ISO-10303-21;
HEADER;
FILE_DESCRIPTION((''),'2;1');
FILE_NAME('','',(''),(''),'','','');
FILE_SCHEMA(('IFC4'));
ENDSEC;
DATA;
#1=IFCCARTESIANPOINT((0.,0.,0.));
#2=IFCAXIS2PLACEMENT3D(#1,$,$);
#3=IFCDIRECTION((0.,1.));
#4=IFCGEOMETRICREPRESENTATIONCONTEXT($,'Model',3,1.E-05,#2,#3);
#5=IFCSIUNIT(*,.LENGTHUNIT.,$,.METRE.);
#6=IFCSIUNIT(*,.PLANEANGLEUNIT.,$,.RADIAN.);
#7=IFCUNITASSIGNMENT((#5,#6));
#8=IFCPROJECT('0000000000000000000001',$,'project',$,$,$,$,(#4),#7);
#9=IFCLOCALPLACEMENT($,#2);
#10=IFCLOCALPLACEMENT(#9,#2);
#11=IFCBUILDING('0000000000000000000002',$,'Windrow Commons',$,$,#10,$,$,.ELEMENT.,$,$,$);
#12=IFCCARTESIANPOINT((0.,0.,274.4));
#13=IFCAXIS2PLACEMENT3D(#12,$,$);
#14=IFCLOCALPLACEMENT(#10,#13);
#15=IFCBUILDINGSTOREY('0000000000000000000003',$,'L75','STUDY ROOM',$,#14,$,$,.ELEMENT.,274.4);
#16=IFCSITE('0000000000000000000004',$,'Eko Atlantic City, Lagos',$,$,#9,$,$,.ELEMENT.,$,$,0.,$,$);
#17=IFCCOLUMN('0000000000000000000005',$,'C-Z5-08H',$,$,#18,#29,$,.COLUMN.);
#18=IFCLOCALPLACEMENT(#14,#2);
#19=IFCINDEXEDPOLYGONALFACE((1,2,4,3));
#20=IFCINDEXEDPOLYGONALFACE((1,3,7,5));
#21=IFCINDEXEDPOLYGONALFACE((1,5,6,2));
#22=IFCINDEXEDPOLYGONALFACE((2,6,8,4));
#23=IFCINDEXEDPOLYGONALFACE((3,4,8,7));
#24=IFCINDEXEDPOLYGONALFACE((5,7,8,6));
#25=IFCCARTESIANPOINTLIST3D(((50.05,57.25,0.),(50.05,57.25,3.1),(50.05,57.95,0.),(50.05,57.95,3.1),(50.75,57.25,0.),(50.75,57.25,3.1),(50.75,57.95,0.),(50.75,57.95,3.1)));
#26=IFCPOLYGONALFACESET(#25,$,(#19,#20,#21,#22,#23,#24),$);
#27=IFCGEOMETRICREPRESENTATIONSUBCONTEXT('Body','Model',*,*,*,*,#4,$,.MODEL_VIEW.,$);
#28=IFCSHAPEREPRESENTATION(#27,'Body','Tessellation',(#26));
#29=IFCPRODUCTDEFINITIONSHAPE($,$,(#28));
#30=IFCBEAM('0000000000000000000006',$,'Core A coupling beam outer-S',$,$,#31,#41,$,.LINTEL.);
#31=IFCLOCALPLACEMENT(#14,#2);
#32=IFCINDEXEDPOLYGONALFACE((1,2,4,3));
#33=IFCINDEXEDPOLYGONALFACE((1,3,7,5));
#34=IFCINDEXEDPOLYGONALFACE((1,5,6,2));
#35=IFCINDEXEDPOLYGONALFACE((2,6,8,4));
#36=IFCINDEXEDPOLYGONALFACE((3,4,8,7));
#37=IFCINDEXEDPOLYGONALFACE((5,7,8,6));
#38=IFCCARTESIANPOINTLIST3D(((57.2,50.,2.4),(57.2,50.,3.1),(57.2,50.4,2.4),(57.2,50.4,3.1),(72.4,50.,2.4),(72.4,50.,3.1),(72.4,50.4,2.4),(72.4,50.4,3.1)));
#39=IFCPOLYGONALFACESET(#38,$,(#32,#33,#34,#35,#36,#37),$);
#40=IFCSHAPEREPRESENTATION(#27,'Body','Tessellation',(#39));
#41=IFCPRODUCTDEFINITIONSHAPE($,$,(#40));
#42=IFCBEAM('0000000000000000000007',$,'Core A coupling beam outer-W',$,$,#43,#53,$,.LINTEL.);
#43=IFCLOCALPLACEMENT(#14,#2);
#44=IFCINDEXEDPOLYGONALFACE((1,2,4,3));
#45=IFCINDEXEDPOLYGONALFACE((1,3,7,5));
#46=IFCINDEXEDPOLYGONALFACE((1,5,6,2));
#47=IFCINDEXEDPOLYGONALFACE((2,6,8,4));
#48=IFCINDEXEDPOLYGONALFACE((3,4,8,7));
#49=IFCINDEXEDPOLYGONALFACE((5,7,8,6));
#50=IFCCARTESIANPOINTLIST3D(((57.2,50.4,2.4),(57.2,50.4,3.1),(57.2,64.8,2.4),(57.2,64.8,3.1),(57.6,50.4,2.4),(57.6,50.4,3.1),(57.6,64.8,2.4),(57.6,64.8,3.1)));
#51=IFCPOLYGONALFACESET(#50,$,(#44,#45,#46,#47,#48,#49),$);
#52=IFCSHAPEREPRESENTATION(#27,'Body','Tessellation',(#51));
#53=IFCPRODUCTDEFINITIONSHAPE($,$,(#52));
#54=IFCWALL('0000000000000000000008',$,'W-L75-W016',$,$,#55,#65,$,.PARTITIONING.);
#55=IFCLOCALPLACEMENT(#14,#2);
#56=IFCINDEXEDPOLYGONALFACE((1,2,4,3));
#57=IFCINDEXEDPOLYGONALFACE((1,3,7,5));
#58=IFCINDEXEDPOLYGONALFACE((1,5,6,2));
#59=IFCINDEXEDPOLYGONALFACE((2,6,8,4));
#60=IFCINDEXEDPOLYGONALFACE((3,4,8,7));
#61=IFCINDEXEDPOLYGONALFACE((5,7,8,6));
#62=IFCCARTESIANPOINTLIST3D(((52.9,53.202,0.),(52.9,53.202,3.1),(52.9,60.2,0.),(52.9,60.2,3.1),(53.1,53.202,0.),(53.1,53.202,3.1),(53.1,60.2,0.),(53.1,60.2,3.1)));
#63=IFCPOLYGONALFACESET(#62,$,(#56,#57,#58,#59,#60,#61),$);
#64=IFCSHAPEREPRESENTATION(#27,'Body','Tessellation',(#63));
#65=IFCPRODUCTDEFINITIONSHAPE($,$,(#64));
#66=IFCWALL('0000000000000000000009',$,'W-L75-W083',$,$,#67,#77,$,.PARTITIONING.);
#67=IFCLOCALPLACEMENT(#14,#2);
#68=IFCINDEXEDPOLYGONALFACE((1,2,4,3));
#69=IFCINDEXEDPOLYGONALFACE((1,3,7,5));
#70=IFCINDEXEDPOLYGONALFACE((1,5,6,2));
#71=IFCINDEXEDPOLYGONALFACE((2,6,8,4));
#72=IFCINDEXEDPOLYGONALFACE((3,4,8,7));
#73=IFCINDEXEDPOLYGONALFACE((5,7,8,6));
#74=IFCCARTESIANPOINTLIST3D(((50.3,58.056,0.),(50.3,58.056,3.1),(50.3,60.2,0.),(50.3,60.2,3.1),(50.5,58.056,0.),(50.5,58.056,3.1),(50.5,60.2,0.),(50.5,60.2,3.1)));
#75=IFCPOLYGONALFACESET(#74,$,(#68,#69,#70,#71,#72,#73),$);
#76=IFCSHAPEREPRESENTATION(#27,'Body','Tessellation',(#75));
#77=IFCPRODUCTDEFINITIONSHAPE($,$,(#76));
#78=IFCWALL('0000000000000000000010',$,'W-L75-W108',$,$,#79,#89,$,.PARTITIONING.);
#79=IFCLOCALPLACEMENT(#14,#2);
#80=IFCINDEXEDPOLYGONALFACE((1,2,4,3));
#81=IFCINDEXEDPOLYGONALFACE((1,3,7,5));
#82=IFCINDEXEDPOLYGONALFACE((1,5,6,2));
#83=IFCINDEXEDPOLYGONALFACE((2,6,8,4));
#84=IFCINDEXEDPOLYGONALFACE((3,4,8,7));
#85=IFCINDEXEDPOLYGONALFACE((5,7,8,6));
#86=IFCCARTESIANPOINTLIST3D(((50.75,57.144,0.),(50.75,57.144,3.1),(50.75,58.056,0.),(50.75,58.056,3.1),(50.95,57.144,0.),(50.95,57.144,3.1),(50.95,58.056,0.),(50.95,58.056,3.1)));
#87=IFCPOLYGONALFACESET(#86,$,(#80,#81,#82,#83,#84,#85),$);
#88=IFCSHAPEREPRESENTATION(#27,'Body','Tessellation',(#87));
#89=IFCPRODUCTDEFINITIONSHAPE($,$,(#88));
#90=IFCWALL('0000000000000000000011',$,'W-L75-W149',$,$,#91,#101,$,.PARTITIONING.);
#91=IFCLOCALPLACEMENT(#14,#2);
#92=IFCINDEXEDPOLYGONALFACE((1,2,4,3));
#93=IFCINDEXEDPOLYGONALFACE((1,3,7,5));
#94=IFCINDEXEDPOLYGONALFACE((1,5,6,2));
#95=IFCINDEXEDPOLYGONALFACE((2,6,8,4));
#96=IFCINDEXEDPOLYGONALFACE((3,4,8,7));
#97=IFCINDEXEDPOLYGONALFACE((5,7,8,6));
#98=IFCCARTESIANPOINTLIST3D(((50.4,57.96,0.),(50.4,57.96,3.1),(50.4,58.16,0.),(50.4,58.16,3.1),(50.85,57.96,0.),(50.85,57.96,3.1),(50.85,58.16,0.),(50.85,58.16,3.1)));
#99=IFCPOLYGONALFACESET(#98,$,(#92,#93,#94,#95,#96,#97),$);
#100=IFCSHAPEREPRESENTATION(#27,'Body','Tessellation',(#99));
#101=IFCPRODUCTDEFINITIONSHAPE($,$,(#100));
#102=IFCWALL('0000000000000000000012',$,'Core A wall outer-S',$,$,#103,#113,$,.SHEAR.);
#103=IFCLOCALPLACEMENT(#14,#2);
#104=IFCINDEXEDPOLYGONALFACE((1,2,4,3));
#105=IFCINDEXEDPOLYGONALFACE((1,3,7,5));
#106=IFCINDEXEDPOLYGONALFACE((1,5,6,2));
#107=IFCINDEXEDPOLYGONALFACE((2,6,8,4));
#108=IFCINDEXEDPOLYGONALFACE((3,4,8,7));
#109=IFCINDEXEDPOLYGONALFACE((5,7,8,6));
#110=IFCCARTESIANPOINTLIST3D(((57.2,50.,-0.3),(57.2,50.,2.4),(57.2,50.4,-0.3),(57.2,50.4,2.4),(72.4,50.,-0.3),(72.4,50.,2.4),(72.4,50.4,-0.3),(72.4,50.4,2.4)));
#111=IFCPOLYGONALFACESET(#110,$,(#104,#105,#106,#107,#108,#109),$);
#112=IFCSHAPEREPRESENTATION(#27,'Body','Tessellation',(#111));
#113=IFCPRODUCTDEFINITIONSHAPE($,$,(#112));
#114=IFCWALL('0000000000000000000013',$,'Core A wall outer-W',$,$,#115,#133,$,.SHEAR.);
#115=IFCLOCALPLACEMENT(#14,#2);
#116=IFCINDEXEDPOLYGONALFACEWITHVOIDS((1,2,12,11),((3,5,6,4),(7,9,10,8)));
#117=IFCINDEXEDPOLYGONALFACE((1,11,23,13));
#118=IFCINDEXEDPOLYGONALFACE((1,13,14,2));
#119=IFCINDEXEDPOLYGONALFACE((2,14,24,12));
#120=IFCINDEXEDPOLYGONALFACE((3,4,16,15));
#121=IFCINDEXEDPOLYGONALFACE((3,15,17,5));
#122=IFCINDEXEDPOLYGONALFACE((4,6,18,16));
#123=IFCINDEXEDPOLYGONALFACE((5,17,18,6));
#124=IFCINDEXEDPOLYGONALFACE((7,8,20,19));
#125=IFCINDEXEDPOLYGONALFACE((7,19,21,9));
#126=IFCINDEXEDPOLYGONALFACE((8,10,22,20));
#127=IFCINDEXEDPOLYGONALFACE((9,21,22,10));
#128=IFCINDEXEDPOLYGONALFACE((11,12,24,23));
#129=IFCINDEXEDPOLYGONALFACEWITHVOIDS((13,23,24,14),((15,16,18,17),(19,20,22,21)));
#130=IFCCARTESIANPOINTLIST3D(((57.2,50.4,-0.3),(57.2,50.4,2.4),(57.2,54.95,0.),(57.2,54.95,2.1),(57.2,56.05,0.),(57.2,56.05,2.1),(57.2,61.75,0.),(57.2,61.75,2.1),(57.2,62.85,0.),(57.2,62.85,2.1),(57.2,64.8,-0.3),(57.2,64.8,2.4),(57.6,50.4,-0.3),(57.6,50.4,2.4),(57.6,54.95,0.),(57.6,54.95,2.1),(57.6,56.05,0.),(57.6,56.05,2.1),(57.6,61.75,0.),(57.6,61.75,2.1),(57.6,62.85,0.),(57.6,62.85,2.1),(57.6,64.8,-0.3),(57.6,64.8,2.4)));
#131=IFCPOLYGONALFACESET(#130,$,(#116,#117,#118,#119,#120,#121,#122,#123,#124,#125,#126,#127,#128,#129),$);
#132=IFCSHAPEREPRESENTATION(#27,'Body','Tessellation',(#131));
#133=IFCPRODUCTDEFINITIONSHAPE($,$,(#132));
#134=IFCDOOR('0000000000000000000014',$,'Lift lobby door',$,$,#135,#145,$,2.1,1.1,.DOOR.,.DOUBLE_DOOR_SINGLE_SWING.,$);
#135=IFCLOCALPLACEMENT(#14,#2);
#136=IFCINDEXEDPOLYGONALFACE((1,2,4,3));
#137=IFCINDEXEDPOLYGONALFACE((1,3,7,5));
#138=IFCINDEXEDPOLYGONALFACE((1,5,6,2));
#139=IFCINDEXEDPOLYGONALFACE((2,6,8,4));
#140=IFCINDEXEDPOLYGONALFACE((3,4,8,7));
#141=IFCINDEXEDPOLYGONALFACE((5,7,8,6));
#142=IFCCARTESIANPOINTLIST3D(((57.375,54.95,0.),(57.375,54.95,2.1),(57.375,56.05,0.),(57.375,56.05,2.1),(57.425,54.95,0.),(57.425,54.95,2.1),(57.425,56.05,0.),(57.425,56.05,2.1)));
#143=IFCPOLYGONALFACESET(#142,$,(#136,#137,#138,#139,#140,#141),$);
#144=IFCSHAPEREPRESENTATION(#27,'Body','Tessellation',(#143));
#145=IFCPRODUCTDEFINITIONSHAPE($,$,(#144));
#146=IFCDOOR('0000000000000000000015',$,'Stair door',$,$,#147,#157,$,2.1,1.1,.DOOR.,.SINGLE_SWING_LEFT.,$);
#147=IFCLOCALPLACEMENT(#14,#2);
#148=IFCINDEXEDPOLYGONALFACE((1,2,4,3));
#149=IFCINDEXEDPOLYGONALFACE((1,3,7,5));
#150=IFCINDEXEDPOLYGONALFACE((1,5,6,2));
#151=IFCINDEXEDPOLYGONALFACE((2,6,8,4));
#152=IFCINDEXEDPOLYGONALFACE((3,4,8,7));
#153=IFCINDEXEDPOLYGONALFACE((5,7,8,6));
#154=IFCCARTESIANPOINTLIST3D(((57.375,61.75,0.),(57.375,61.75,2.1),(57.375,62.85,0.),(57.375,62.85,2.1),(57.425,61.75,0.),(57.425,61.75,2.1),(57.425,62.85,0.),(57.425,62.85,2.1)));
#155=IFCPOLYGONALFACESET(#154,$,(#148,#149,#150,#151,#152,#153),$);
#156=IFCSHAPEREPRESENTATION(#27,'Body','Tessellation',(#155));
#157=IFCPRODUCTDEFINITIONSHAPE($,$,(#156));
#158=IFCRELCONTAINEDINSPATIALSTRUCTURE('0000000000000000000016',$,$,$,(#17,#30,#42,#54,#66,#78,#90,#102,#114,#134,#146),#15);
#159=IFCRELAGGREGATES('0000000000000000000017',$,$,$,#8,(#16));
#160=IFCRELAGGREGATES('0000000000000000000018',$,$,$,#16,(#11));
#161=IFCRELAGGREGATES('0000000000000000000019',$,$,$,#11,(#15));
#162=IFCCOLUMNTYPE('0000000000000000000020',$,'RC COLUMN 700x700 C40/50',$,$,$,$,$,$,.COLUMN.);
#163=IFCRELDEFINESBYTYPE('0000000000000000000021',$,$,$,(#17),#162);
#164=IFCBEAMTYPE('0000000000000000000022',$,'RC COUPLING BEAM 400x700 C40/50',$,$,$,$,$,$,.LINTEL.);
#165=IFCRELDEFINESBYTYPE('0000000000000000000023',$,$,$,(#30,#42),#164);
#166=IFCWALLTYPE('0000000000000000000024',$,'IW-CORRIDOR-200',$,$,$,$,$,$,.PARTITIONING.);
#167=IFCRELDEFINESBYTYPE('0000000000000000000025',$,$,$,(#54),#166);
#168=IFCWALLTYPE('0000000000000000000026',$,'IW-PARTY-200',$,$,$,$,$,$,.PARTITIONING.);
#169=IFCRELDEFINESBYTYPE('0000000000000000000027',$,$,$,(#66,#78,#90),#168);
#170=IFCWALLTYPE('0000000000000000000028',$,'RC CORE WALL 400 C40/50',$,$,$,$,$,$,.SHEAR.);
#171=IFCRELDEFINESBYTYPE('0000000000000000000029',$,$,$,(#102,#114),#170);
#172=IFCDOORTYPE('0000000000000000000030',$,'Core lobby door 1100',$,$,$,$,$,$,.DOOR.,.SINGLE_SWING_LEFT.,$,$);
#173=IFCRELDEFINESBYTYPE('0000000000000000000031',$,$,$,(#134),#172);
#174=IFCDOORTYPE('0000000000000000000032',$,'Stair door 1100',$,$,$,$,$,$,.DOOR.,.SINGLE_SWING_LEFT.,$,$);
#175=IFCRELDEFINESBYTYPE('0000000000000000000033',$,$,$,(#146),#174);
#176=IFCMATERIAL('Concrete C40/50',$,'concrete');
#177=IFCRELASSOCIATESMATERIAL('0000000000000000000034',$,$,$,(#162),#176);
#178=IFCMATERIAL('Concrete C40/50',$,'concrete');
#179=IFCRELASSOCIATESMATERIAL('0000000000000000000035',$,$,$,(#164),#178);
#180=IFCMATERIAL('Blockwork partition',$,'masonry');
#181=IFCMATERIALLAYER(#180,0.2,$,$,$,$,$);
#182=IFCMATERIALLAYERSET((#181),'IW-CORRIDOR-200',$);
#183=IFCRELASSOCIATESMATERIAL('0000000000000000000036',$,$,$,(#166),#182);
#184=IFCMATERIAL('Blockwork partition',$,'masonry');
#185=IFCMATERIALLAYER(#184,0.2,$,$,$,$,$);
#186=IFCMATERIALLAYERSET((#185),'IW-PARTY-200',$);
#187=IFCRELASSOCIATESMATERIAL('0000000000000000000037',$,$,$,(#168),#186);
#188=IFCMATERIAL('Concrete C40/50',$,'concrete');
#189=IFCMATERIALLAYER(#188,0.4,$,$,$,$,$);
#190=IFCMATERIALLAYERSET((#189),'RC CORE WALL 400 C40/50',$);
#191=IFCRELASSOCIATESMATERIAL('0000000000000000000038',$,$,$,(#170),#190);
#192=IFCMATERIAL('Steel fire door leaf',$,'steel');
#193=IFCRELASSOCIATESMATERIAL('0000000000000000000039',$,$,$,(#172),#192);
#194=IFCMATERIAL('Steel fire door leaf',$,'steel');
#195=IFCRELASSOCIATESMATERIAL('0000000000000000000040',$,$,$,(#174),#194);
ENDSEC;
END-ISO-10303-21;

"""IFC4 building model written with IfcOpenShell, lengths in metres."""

from ifc_helpers import new_model, si_unit, direction, frame, frame_2d, origin, origin_2d, place, context, subcontext, project, spatial, rectangle, extrude, material, layer, layer_set, material_profile, profile_set, type_object, element, fill, save


model = new_model("IFC4")

# Units and contexts
model_context = context("Model", 3, precision=1e-05, world=origin(), true_north=direction((0.0, 1.0)))
body_context = subcontext(model_context, "Body", "Model", "MODEL_VIEW")
ifc_project = project(units=[si_unit("LENGTHUNIT", "METRE"), si_unit("PLANEANGLEUNIT", "RADIAN")], contexts=[model_context])

# Site, building, storey
site_placement = place(None, origin())
site = spatial("IfcSite", under=ifc_project, at=site_placement, Name="Eko Atlantic City, Lagos", CompositionType="ELEMENT", RefElevation=0.0)
building_placement = place(site_placement, origin())
building = spatial("IfcBuilding", under=site, at=building_placement, Name="Windrow Commons", CompositionType="ELEMENT")
storey_placement = place(building_placement, frame((0.0, 0.0, 274.4)))
storey = spatial("IfcBuildingStorey", under=building, at=storey_placement, Name="L75", Description="STUDY ROOM", CompositionType="ELEMENT", Elevation=274.4)

# Column
ifc_material_1 = material(Name="Concrete C40/50", Category="concrete")
ifc_material_profile_1 = material_profile(ifc_material_1, rectangle(XDim=0.7, YDim=0.7, at=origin_2d()))
ifc_profile_set_1 = profile_set([ifc_material_profile_1], Name="Concrete C40/50")
column_type = type_object("IfcColumnType", Name="RC COLUMN 700x700 C40/50", PredefinedType="COLUMN", material=ifc_profile_set_1)
column_placement = place(storey_placement, frame((50.4, 57.6, 0.0), z_axis=(0.0, 0.0, 1.0), x_axis=(1.0, 0.0, 0.0)))
element("IfcColumn", 1, at=column_placement, inside=storey, type_object=column_type, Name="C-Z5-08H", PredefinedType="COLUMN", context=body_context, shape_type="SweptSolid", body=[
    extrude(rectangle(XDim=0.7, YDim=0.7, at=origin_2d()), origin(), (0.0, 0.0, 1.0), 3.1),
])

# Beams
ifc_material_2 = material(Name="Concrete C40/50", Category="concrete")
ifc_material_profile_2 = material_profile(ifc_material_2, rectangle(XDim=0.4, YDim=0.7, at=origin_2d()))
ifc_profile_set_2 = profile_set([ifc_material_profile_2], Name="Concrete C40/50")
beam_type = type_object("IfcBeamType", Name="RC COUPLING BEAM 400x700 C40/50", PredefinedType="LINTEL", material=ifc_profile_set_2)
beam_1_placement = place(storey_placement, frame((57.2, 50.2, 2.75), z_axis=(1.0, 0.0, 0.0), x_axis=(0.0, 1.0, 0.0)))
element("IfcBeam", 2, at=beam_1_placement, inside=storey, type_object=beam_type, Name="Core A coupling beam outer-S", PredefinedType="LINTEL", context=body_context, shape_type="SweptSolid", body=[
    extrude(rectangle(XDim=0.4, YDim=0.7, at=origin_2d()), origin(), (0.0, 0.0, 1.0), 15.2),
])
beam_2_placement = place(storey_placement, frame((57.4, 50.4, 2.75), z_axis=(0.0, 1.0, 0.0), x_axis=(-1.0, 0.0, 0.0)))
element("IfcBeam", 3, at=beam_2_placement, inside=storey, type_object=beam_type, Name="Core A coupling beam outer-W", PredefinedType="LINTEL", context=body_context, shape_type="SweptSolid", body=[
    extrude(rectangle(XDim=0.4, YDim=0.7, at=origin_2d()), origin(), (0.0, 0.0, 1.0), 14.4),
])

# Walls
ifc_material_3 = material(Name="Blockwork partition", Category="masonry")
ifc_layer_1 = layer(ifc_material_3, 0.2)
ifc_layer_set_1 = layer_set([ifc_layer_1], Name="IW-CORRIDOR-200")
wall_type_1 = type_object("IfcWallType", Name="IW-CORRIDOR-200", PredefinedType="PARTITIONING", material=ifc_layer_set_1)
wall_1_placement = place(storey_placement, frame((53.0, 53.202, 0.0), z_axis=(0.0, 0.0, 1.0), x_axis=(0.0, 1.0, 0.0)))
element("IfcWall", 4, at=wall_1_placement, inside=storey, type_object=wall_type_1, Name="W-L75-W016", PredefinedType="PARTITIONING", context=body_context, shape_type="SweptSolid", body=[
    extrude(rectangle(XDim=6.998, YDim=0.2, at=frame_2d((3.499, 0.0))), origin(), (0.0, 0.0, 1.0), 3.1),
])
ifc_material_4 = material(Name="Blockwork partition", Category="masonry")
ifc_layer_2 = layer(ifc_material_4, 0.2)
ifc_layer_set_2 = layer_set([ifc_layer_2], Name="IW-PARTY-200")
wall_type_2 = type_object("IfcWallType", Name="IW-PARTY-200", PredefinedType="PARTITIONING", material=ifc_layer_set_2)
wall_2_placement = place(storey_placement, frame((50.4, 58.056, 0.0), z_axis=(0.0, 0.0, 1.0), x_axis=(0.0, 1.0, 0.0)))
element("IfcWall", 5, at=wall_2_placement, inside=storey, type_object=wall_type_2, Name="W-L75-W083", PredefinedType="PARTITIONING", context=body_context, shape_type="SweptSolid", body=[
    extrude(rectangle(XDim=2.144, YDim=0.2, at=frame_2d((1.072, 0.0))), origin(), (0.0, 0.0, 1.0), 3.1),
])
wall_3_placement = place(storey_placement, frame((50.85, 57.144, 0.0), z_axis=(0.0, 0.0, 1.0), x_axis=(0.0, 1.0, 0.0)))
element("IfcWall", 6, at=wall_3_placement, inside=storey, type_object=wall_type_2, Name="W-L75-W108", PredefinedType="PARTITIONING", context=body_context, shape_type="SweptSolid", body=[
    extrude(rectangle(XDim=0.912, YDim=0.2, at=frame_2d((0.456, 0.0))), origin(), (0.0, 0.0, 1.0), 3.1),
])
wall_4_placement = place(storey_placement, frame((50.4, 58.06, 0.0), z_axis=(0.0, 0.0, 1.0), x_axis=(1.0, 0.0, 0.0)))
element("IfcWall", 7, at=wall_4_placement, inside=storey, type_object=wall_type_2, Name="W-L75-W149", PredefinedType="PARTITIONING", context=body_context, shape_type="SweptSolid", body=[
    extrude(rectangle(XDim=0.45, YDim=0.2, at=frame_2d((0.225, 0.0))), origin(), (0.0, 0.0, 1.0), 3.1),
])
ifc_material_5 = material(Name="Concrete C40/50", Category="concrete")
ifc_layer_3 = layer(ifc_material_5, 0.4)
ifc_layer_set_3 = layer_set([ifc_layer_3], Name="RC CORE WALL 400 C40/50")
wall_type_3 = type_object("IfcWallType", Name="RC CORE WALL 400 C40/50", PredefinedType="SHEAR", material=ifc_layer_set_3)
wall_5_placement = place(storey_placement, frame((57.2, 50.2, -0.3), z_axis=(0.0, 0.0, 1.0), x_axis=(1.0, 0.0, 0.0)))
element("IfcWall", 8, at=wall_5_placement, inside=storey, type_object=wall_type_3, Name="Core A wall outer-S", PredefinedType="SHEAR", context=body_context, shape_type="SweptSolid", body=[
    extrude(rectangle(XDim=15.2, YDim=0.4, at=frame_2d((7.6, 0.0))), origin(), (0.0, 0.0, 1.0), 2.7),
])

# Wall, openings, doors
wall_6_placement = place(storey_placement, frame((57.4, 50.4, -0.3), z_axis=(0.0, 0.0, 1.0), x_axis=(0.0, 1.0, 0.0)))
wall_6 = element("IfcWall", 9, at=wall_6_placement, inside=storey, type_object=wall_type_3, Name="Core A wall outer-W", PredefinedType="SHEAR", context=body_context, shape_type="SweptSolid", body=[
    extrude(rectangle(XDim=14.4, YDim=0.4, at=frame_2d((7.2, 0.0))), origin(), (0.0, 0.0, 1.0), 2.7),
])
opening_1_placement = place(wall_6_placement, frame((4.55, 0.0, 0.3)))
opening_1 = element("IfcOpeningElement", 10, at=opening_1_placement, cuts=wall_6, PredefinedType="OPENING", context=body_context, shape_type="SweptSolid", body=[
    extrude(rectangle(XDim=1.1, YDim=2.1, at=frame_2d((0.55, 1.05))), frame((0.0, 0.21, 0.0), z_axis=(0.0, -1.0, 0.0), x_axis=(1.0, 0.0, 0.0)), (0.0, 0.0, 1.0), 0.42),
])
opening_2_placement = place(wall_6_placement, frame((11.35, 0.0, 0.3)))
opening_2 = element("IfcOpeningElement", 11, at=opening_2_placement, cuts=wall_6, PredefinedType="OPENING", context=body_context, shape_type="SweptSolid", body=[
    extrude(rectangle(XDim=1.1, YDim=2.1, at=frame_2d((0.55, 1.05))), frame((0.0, 0.21, 0.0), z_axis=(0.0, -1.0, 0.0), x_axis=(1.0, 0.0, 0.0)), (0.0, 0.0, 1.0), 0.42),
])
ifc_material_6 = material(Name="Steel fire door leaf", Category="steel")
door_type_1 = type_object("IfcDoorType", Name="Core lobby door 1100", OperationType="SINGLE_SWING_LEFT", PredefinedType="DOOR", material=ifc_material_6)
door_1_placement = place(opening_1_placement, origin())
door_1 = element("IfcDoor", 12, at=door_1_placement, inside=storey, type_object=door_type_1, Name="Lift lobby door", OperationType="DOUBLE_DOOR_SINGLE_SWING", OverallHeight=2.1, OverallWidth=1.1, PredefinedType="DOOR", context=body_context, shape_type="SweptSolid", body=[
    extrude(rectangle(XDim=1.1, YDim=2.1, at=frame_2d((0.55, 1.05))), frame((0.0, 0.025, 0.0), z_axis=(0.0, -1.0, 0.0), x_axis=(1.0, 0.0, 0.0)), (0.0, 0.0, 1.0), 0.05),
])
fill(opening_1, door_1)
ifc_material_7 = material(Name="Steel fire door leaf", Category="steel")
door_type_2 = type_object("IfcDoorType", Name="Stair door 1100", OperationType="SINGLE_SWING_LEFT", PredefinedType="DOOR", material=ifc_material_7)
door_2_placement = place(opening_2_placement, origin())
door_2 = element("IfcDoor", 13, at=door_2_placement, inside=storey, type_object=door_type_2, Name="Stair door", OperationType="SINGLE_SWING_LEFT", OverallHeight=2.1, OverallWidth=1.1, PredefinedType="DOOR", context=body_context, shape_type="SweptSolid", body=[
    extrude(rectangle(XDim=1.1, YDim=2.1, at=frame_2d((0.55, 1.05))), frame((0.0, 0.025, 0.0), z_axis=(0.0, -1.0, 0.0), x_axis=(1.0, 0.0, 0.0)), (0.0, 0.0, 1.0), 0.05),
])
fill(opening_2, door_2)

save(model, "model.ifc")
